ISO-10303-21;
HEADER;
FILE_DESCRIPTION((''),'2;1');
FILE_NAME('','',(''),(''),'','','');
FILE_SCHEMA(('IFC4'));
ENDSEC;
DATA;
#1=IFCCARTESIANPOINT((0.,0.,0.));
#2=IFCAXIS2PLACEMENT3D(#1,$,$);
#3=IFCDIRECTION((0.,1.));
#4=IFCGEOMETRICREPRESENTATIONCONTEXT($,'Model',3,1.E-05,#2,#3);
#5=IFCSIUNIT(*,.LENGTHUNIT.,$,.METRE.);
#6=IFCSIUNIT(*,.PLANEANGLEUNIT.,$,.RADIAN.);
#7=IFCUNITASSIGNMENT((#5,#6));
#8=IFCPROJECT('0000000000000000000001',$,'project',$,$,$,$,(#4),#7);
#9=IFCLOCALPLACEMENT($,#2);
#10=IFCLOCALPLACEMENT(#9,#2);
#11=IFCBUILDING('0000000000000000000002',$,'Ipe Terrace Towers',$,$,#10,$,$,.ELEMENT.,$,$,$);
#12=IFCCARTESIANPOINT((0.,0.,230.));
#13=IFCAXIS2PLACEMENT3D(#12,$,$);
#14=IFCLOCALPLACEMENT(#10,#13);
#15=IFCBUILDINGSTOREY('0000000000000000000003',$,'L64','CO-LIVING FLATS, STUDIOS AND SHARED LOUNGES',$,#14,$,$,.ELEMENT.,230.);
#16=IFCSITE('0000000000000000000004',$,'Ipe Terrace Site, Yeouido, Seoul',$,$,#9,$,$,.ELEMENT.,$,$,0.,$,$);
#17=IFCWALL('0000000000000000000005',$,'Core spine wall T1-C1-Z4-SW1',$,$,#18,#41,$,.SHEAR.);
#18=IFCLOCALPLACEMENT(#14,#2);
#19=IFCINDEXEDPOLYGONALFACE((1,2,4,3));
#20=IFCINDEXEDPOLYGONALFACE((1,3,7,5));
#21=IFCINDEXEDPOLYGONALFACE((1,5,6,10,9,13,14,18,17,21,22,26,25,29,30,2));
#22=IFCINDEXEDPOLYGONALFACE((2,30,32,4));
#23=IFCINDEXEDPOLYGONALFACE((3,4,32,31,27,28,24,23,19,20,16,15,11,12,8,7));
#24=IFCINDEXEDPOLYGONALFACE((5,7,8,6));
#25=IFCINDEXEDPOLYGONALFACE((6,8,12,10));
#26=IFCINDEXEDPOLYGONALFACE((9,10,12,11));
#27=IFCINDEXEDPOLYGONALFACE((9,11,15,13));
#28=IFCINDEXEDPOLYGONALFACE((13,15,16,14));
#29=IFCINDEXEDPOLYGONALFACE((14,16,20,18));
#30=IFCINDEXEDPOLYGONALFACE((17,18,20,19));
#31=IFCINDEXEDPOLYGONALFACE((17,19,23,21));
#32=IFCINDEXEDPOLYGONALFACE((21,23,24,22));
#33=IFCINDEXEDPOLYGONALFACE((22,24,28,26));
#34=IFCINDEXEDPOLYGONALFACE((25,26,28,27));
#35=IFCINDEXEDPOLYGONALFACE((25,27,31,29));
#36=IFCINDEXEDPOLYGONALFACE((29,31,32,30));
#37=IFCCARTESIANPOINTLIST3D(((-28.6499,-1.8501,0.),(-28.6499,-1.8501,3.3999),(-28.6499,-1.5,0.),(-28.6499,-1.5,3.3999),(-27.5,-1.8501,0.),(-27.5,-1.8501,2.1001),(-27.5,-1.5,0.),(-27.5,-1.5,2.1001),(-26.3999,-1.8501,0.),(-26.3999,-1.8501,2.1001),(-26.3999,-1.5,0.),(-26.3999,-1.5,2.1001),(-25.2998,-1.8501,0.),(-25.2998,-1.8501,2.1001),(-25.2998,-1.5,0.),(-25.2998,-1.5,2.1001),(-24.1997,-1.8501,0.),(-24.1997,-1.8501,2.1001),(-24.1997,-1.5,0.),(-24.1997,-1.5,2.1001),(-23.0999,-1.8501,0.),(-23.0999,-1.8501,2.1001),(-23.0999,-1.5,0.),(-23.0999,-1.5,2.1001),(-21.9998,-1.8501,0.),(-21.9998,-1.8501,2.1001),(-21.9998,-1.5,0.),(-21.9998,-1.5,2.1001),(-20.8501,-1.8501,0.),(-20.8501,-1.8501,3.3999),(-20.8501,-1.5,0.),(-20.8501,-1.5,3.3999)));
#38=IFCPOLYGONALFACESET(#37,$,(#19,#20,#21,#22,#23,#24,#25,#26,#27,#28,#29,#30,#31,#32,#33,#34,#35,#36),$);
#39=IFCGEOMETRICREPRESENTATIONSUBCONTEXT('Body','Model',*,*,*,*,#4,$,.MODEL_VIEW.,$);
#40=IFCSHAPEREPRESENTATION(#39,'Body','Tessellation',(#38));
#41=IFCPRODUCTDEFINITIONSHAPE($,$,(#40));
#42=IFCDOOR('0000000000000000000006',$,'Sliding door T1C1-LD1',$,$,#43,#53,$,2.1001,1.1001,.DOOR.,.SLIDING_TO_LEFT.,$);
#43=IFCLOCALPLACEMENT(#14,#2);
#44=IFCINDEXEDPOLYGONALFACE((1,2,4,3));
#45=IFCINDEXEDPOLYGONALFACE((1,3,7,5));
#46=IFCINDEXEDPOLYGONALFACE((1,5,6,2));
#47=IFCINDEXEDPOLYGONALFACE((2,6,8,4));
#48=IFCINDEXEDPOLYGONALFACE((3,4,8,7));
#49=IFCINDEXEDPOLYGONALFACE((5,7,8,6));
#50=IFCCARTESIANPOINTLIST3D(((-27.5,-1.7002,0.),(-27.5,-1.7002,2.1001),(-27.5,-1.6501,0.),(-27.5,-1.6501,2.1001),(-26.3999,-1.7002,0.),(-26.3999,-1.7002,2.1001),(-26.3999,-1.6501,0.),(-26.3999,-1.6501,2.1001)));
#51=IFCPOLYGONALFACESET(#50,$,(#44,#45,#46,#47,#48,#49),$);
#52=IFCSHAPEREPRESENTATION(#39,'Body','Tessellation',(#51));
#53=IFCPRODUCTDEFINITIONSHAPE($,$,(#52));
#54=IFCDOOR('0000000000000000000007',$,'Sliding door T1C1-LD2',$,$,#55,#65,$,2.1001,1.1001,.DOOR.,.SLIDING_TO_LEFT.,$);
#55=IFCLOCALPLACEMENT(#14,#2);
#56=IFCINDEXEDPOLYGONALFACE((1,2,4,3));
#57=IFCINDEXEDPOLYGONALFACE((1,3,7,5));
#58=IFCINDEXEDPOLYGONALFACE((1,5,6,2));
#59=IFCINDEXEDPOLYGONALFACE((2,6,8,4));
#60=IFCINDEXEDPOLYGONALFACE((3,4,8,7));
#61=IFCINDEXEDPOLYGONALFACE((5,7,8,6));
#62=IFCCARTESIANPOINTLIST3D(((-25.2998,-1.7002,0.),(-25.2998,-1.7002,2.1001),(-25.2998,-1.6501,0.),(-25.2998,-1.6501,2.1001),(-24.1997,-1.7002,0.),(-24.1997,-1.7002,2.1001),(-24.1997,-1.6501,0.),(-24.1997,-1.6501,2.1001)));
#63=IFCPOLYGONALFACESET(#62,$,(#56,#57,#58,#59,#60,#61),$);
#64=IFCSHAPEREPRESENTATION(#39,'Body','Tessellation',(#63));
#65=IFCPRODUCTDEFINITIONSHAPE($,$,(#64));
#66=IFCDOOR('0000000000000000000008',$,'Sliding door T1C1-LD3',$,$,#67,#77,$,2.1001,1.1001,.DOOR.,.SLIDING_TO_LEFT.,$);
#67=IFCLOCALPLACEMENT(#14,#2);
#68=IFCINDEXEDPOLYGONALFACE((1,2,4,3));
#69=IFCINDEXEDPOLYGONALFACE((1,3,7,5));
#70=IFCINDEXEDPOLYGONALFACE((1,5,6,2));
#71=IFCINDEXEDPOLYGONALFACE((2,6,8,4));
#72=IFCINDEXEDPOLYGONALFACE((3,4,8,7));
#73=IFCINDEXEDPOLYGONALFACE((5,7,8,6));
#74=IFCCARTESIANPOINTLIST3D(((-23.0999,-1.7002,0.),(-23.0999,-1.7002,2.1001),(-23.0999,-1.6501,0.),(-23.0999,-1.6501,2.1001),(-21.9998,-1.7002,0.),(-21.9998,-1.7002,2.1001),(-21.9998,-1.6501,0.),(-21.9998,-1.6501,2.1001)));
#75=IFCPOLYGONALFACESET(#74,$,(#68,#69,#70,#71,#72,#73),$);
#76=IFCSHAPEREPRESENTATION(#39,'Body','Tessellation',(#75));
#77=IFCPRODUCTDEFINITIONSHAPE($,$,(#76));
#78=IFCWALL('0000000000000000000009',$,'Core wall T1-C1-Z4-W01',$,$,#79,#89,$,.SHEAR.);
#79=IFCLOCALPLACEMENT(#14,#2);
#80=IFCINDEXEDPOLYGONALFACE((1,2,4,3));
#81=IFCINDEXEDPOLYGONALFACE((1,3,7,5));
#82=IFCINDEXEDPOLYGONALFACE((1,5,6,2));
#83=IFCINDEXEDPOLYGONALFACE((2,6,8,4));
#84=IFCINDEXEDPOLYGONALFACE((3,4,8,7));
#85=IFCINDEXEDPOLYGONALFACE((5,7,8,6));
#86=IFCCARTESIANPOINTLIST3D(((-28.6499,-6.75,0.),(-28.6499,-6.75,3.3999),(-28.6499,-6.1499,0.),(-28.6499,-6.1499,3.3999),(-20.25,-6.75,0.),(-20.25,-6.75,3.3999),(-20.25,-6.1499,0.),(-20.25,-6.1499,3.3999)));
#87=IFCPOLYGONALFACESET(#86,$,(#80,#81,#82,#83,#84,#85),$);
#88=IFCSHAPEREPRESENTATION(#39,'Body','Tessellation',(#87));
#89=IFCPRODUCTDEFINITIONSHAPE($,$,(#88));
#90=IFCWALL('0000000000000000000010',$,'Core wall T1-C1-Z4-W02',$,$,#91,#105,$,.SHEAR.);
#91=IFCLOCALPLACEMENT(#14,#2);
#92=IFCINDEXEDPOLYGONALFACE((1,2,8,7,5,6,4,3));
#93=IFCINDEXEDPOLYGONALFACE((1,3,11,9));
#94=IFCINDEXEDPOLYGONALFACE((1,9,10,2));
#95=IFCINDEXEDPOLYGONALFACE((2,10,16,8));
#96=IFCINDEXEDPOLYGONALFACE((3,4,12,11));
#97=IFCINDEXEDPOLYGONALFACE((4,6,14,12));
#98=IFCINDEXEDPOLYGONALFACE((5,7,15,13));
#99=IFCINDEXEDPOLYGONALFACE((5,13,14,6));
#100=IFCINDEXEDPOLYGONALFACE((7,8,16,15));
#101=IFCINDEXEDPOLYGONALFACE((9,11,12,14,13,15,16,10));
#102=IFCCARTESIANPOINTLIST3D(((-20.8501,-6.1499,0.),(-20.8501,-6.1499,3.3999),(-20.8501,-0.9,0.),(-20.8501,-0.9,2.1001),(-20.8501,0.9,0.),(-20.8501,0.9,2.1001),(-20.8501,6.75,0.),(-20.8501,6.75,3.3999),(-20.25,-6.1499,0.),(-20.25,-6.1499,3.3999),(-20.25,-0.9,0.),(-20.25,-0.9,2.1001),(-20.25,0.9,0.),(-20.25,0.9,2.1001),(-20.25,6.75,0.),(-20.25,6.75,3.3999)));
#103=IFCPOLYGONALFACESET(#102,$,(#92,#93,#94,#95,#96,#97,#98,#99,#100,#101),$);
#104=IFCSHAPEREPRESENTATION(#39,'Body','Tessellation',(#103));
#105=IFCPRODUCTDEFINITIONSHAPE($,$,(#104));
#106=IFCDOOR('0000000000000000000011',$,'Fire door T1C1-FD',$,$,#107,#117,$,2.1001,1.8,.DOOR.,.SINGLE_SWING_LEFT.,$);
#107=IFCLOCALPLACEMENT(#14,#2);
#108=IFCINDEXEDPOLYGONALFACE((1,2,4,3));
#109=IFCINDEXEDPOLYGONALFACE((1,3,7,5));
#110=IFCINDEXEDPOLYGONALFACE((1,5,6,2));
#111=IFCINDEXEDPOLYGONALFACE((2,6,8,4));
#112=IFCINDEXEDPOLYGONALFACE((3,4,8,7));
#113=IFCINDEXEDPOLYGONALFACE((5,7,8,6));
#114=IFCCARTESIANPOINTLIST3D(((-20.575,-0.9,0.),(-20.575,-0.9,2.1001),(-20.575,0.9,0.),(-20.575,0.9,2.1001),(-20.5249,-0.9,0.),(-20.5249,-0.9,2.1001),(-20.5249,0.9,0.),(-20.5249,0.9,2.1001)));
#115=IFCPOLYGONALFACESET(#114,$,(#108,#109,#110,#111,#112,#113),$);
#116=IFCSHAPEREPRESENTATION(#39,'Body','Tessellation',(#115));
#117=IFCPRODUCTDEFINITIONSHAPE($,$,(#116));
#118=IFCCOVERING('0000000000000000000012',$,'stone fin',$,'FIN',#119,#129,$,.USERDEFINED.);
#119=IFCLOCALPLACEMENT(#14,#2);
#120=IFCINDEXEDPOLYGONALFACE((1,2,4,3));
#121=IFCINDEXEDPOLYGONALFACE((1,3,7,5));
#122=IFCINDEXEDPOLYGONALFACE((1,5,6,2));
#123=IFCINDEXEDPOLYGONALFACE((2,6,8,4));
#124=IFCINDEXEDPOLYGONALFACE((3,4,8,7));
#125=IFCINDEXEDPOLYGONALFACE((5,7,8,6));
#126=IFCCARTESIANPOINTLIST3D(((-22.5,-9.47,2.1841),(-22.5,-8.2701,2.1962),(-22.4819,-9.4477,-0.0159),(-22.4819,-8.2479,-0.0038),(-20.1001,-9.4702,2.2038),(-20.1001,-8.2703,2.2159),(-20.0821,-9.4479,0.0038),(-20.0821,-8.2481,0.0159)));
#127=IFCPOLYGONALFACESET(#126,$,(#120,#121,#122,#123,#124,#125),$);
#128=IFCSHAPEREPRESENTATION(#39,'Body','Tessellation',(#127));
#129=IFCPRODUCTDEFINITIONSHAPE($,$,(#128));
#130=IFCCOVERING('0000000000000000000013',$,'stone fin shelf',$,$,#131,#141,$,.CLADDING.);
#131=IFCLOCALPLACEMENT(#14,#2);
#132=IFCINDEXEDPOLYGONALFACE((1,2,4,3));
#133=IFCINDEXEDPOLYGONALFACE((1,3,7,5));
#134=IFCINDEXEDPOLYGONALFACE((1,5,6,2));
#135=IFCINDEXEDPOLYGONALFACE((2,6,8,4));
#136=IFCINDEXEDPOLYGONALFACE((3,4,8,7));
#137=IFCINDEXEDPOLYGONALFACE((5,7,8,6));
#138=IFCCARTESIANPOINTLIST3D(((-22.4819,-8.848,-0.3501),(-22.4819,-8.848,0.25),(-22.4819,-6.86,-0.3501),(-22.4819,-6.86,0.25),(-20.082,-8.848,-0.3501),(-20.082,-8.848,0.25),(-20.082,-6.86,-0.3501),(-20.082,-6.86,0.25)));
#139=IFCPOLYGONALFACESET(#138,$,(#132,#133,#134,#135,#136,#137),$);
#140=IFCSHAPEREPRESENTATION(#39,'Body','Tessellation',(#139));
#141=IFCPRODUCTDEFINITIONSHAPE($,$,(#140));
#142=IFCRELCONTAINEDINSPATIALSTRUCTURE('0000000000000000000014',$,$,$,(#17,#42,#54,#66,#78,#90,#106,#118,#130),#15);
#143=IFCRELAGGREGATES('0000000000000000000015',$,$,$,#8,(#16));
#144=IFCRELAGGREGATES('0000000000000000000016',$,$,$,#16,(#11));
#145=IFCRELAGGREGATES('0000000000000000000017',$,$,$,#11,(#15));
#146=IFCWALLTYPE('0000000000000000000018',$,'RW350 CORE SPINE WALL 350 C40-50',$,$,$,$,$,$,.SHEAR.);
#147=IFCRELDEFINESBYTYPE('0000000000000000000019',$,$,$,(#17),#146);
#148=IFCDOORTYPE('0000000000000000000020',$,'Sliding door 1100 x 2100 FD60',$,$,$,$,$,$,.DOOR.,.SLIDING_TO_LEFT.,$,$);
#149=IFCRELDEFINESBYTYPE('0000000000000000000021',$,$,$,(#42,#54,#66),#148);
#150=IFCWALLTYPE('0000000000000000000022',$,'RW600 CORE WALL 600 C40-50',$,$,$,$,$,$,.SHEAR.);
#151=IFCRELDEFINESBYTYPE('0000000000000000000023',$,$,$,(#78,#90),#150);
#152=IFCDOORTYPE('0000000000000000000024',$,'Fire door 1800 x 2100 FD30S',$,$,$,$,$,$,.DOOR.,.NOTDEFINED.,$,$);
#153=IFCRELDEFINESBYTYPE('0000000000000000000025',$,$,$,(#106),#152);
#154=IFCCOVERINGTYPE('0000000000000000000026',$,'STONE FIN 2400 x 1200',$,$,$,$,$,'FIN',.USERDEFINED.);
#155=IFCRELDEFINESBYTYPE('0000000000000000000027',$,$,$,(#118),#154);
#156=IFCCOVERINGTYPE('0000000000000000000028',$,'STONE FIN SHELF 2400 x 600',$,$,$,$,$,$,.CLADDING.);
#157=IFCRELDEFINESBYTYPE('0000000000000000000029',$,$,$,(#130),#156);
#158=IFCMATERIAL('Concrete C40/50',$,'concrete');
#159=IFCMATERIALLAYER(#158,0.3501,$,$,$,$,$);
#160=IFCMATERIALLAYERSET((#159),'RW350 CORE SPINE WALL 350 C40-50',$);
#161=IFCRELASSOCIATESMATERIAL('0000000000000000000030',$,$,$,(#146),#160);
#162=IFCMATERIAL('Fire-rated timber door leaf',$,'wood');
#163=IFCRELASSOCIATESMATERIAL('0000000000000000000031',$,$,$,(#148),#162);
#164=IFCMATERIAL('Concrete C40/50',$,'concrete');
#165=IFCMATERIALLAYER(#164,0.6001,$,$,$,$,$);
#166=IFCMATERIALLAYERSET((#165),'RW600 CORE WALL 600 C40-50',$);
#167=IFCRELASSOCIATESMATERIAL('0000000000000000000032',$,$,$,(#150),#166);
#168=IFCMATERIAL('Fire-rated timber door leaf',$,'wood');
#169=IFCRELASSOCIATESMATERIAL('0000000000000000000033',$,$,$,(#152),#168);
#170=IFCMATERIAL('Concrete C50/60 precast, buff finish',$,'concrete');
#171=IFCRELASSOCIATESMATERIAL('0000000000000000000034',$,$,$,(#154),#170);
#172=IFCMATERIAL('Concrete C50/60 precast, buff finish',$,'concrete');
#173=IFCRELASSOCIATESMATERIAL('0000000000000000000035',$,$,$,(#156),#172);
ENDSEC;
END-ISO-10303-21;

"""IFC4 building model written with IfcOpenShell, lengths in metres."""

from ifc_helpers import new_model, si_unit, direction, frame, frame_2d, origin, origin_2d, place, context, subcontext, project, spatial, rectangle, extrude, material, layer, layer_set, material_profile, profile_set, type_object, element, fill, save


model = new_model("IFC4")

# Units and contexts
model_context = context("Model", 3, precision=1e-05, world=origin(), true_north=direction((0.0, 1.0)))
body_context = subcontext(model_context, "Body", "Model", "MODEL_VIEW")
ifc_project = project(units=[si_unit("LENGTHUNIT", "METRE"), si_unit("PLANEANGLEUNIT", "RADIAN")], contexts=[model_context])

# Site, building, storey
site_placement = place(None, origin())
site = spatial("IfcSite", under=ifc_project, at=site_placement, Name="Ipe Terrace Site, Yeouido, Seoul", CompositionType="ELEMENT", RefElevation=0.0)
building_placement = place(site_placement, origin())
building = spatial("IfcBuilding", under=site, at=building_placement, Name="Ipe Terrace Towers", CompositionType="ELEMENT")
storey_placement = place(building_placement, frame((0.0, 0.0, 230.0)))
storey = spatial("IfcBuildingStorey", under=building, at=storey_placement, Name="L64", Description="CO-LIVING FLATS, STUDIOS AND SHARED LOUNGES", CompositionType="ELEMENT", Elevation=230.0)

# Wall, openings, doors
ifc_material_1 = material(Name="Concrete C40/50", Category="concrete")
ifc_layer_1 = layer(ifc_material_1, 0.3501)
ifc_layer_set_1 = layer_set([ifc_layer_1], Name="RW350 CORE SPINE WALL 350 C40-50")
wall_type_1 = type_object("IfcWallType", Name="RW350 CORE SPINE WALL 350 C40-50", PredefinedType="SHEAR", material=ifc_layer_set_1)
wall_1_placement = place(storey_placement, frame((-28.6499, -1.675, 0.0), z_axis=(0.0, 0.0, 1.0), x_axis=(1.0, 0.0, 0.0)))
wall_1 = element("IfcWall", 1, at=wall_1_placement, inside=storey, type_object=wall_type_1, Name="Core spine wall T1-C1-Z4-SW1", PredefinedType="SHEAR", context=body_context, shape_type="SweptSolid", body=[
    extrude(rectangle(XDim=7.7998, YDim=0.3501, at=frame_2d((3.8999, 0.0))), origin(), (0.0, 0.0, 1.0), 3.3999),
])
opening_1_placement = place(wall_1_placement, frame((1.1499, 0.0, 0.0)))
opening_1 = element("IfcOpeningElement", 2, at=opening_1_placement, cuts=wall_1, PredefinedType="OPENING", context=body_context, shape_type="SweptSolid", body=[
    extrude(rectangle(XDim=1.1001, YDim=2.1001, at=frame_2d((0.55, 1.05))), frame((0.0, 0.1851, 0.0), z_axis=(0.0, -1.0, 0.0), x_axis=(1.0, 0.0, 0.0)), (0.0, 0.0, 1.0), 0.3701),
])
opening_2_placement = place(wall_1_placement, frame((3.3501, 0.0, 0.0)))
opening_2 = element("IfcOpeningElement", 3, at=opening_2_placement, cuts=wall_1, PredefinedType="OPENING", context=body_context, shape_type="SweptSolid", body=[
    extrude(rectangle(XDim=1.1001, YDim=2.1001, at=frame_2d((0.55, 1.05))), frame((0.0, 0.1851, 0.0), z_axis=(0.0, -1.0, 0.0), x_axis=(1.0, 0.0, 0.0)), (0.0, 0.0, 1.0), 0.3701),
])
opening_3_placement = place(wall_1_placement, frame((5.55, 0.0, 0.0)))
opening_3 = element("IfcOpeningElement", 4, at=opening_3_placement, cuts=wall_1, PredefinedType="OPENING", context=body_context, shape_type="SweptSolid", body=[
    extrude(rectangle(XDim=1.1001, YDim=2.1001, at=frame_2d((0.55, 1.05))), frame((0.0, 0.1851, 0.0), z_axis=(0.0, -1.0, 0.0), x_axis=(1.0, 0.0, 0.0)), (0.0, 0.0, 1.0), 0.3701),
])
ifc_material_2 = material(Name="Fire-rated timber door leaf", Category="wood")
door_type_1 = type_object("IfcDoorType", Name="Sliding door 1100 x 2100 FD60", OperationType="SLIDING_TO_LEFT", PredefinedType="DOOR", material=ifc_material_2)
door_1_placement = place(opening_1_placement, origin())
door_1 = element("IfcDoor", 5, at=door_1_placement, inside=storey, type_object=door_type_1, Name="Sliding door T1C1-LD1", OperationType="SLIDING_TO_LEFT", OverallHeight=2.1001, OverallWidth=1.1001, PredefinedType="DOOR", context=body_context, shape_type="SweptSolid", body=[
    extrude(rectangle(XDim=1.1001, YDim=2.1001, at=frame_2d((0.55, 1.05))), frame((0.0, 0.0249, 0.0), z_axis=(0.0, -1.0, 0.0), x_axis=(1.0, 0.0, 0.0)), (0.0, 0.0, 1.0), 0.05),
])
fill(opening_1, door_1)
door_2_placement = place(opening_2_placement, origin())
door_2 = element("IfcDoor", 6, at=door_2_placement, inside=storey, type_object=door_type_1, Name="Sliding door T1C1-LD2", OperationType="SLIDING_TO_LEFT", OverallHeight=2.1001, OverallWidth=1.1001, PredefinedType="DOOR", context=body_context, shape_type="SweptSolid", body=[
    extrude(rectangle(XDim=1.1001, YDim=2.1001, at=frame_2d((0.55, 1.05))), frame((0.0, 0.0249, 0.0), z_axis=(0.0, -1.0, 0.0), x_axis=(1.0, 0.0, 0.0)), (0.0, 0.0, 1.0), 0.05),
])
fill(opening_2, door_2)
door_3_placement = place(opening_3_placement, origin())
door_3 = element("IfcDoor", 7, at=door_3_placement, inside=storey, type_object=door_type_1, Name="Sliding door T1C1-LD3", OperationType="SLIDING_TO_LEFT", OverallHeight=2.1001, OverallWidth=1.1001, PredefinedType="DOOR", context=body_context, shape_type="SweptSolid", body=[
    extrude(rectangle(XDim=1.1001, YDim=2.1001, at=frame_2d((0.55, 1.05))), frame((0.0, 0.0249, 0.0), z_axis=(0.0, -1.0, 0.0), x_axis=(1.0, 0.0, 0.0)), (0.0, 0.0, 1.0), 0.05),
])
fill(opening_3, door_3)

# Wall
ifc_material_3 = material(Name="Concrete C40/50", Category="concrete")
ifc_layer_2 = layer(ifc_material_3, 0.6001)
ifc_layer_set_2 = layer_set([ifc_layer_2], Name="RW600 CORE WALL 600 C40-50")
wall_type_2 = type_object("IfcWallType", Name="RW600 CORE WALL 600 C40-50", PredefinedType="SHEAR", material=ifc_layer_set_2)
wall_2_placement = place(storey_placement, frame((-28.6499, -6.45, 0.0), z_axis=(0.0, 0.0, 1.0), x_axis=(1.0, 0.0, 0.0)))
element("IfcWall", 8, at=wall_2_placement, inside=storey, type_object=wall_type_2, Name="Core wall T1-C1-Z4-W01", PredefinedType="SHEAR", context=body_context, shape_type="SweptSolid", body=[
    extrude(rectangle(XDim=8.3999, YDim=0.6001, at=frame_2d((4.2, 0.0))), origin(), (0.0, 0.0, 1.0), 3.3999),
])

# Wall, opening, door
wall_3_placement = place(storey_placement, frame((-20.55, -6.1499, 0.0), z_axis=(0.0, 0.0, 1.0), x_axis=(0.0, 1.0, 0.0)))
wall_3 = element("IfcWall", 9, at=wall_3_placement, inside=storey, type_object=wall_type_2, Name="Core wall T1-C1-Z4-W02", PredefinedType="SHEAR", context=body_context, shape_type="SweptSolid", body=[
    extrude(rectangle(XDim=12.8999, YDim=0.6001, at=frame_2d((6.45, 0.0))), origin(), (0.0, 0.0, 1.0), 3.3999),
])
opening_4_placement = place(wall_3_placement, frame((5.25, 0.0, 0.0)))
opening_4 = element("IfcOpeningElement", 10, at=opening_4_placement, cuts=wall_3, PredefinedType="OPENING", context=body_context, shape_type="SweptSolid", body=[
    extrude(rectangle(XDim=1.8, YDim=2.1001, at=frame_2d((0.8999, 1.05))), frame((0.0, 0.3101, 0.0), z_axis=(0.0, -1.0, 0.0), x_axis=(1.0, 0.0, 0.0)), (0.0, 0.0, 1.0), 0.6201),
])
ifc_material_4 = material(Name="Fire-rated timber door leaf", Category="wood")
door_type_2 = type_object("IfcDoorType", Name="Fire door 1800 x 2100 FD30S", OperationType="NOTDEFINED", PredefinedType="DOOR", material=ifc_material_4)
door_4_placement = place(opening_4_placement, origin())
door_4 = element("IfcDoor", 11, at=door_4_placement, inside=storey, type_object=door_type_2, Name="Fire door T1C1-FD", OperationType="SINGLE_SWING_LEFT", OverallHeight=2.1001, OverallWidth=1.8, PredefinedType="DOOR", context=body_context, shape_type="SweptSolid", body=[
    extrude(rectangle(XDim=1.8, YDim=2.1001, at=frame_2d((0.8999, 1.05))), frame((0.0, 0.0249, 0.0), z_axis=(0.0, -1.0, 0.0), x_axis=(1.0, 0.0, 0.0)), (0.0, 0.0, 1.0), 0.05),
])
fill(opening_4, door_4)

# Coverings
ifc_material_5 = material(Name="Concrete C50/60 precast, buff finish", Category="concrete")
ifc_material_profile_1 = material_profile(ifc_material_5, rectangle(XDim=2.3999, YDim=1.2, at=origin_2d()), Name="STONE FIN 2400 x 1200")
ifc_profile_set_1 = profile_set([ifc_material_profile_1], Name="Concrete C50/60 precast, buff finish")
covering_type_1 = type_object("IfcCoveringType", Name="STONE FIN 2400 x 1200", ElementType="FIN", PredefinedType="USERDEFINED", material=ifc_profile_set_1)
covering_1_placement = place(storey_placement, frame((-21.282, -8.8479, 0.0), z_axis=(-0.008211, -0.010098, 0.999915), x_axis=(0.999966, -0.000083, 0.008211)))
element("IfcCovering", 12, at=covering_1_placement, inside=storey, type_object=covering_type_1, Name="stone fin", ObjectType="FIN", PredefinedType="USERDEFINED", context=body_context, shape_type="SweptSolid", body=[
    extrude(rectangle(XDim=2.3999, YDim=1.2, at=origin_2d()), origin(), (0.0, 0.0, 1.0), 2.2002),
])
ifc_material_6 = material(Name="Concrete C50/60 precast, buff finish", Category="concrete")
covering_type_2 = type_object("IfcCoveringType", Name="STONE FIN SHELF 2400 x 600", PredefinedType="CLADDING", material=ifc_material_6)
covering_2_placement = place(storey_placement, frame((-21.282, -7.854, -0.3501), z_axis=(0.0, 0.0, 1.0), x_axis=(1.0, 0.0, 0.0)))
element("IfcCovering", 13, at=covering_2_placement, inside=storey, type_object=covering_type_2, Name="stone fin shelf", PredefinedType="CLADDING", context=body_context, shape_type="SweptSolid", body=[
    extrude(rectangle(XDim=2.3999, YDim=1.988, at=origin_2d()), origin(), (0.0, 0.0, 1.0), 0.6001),
])

save(model, "model.ifc")
